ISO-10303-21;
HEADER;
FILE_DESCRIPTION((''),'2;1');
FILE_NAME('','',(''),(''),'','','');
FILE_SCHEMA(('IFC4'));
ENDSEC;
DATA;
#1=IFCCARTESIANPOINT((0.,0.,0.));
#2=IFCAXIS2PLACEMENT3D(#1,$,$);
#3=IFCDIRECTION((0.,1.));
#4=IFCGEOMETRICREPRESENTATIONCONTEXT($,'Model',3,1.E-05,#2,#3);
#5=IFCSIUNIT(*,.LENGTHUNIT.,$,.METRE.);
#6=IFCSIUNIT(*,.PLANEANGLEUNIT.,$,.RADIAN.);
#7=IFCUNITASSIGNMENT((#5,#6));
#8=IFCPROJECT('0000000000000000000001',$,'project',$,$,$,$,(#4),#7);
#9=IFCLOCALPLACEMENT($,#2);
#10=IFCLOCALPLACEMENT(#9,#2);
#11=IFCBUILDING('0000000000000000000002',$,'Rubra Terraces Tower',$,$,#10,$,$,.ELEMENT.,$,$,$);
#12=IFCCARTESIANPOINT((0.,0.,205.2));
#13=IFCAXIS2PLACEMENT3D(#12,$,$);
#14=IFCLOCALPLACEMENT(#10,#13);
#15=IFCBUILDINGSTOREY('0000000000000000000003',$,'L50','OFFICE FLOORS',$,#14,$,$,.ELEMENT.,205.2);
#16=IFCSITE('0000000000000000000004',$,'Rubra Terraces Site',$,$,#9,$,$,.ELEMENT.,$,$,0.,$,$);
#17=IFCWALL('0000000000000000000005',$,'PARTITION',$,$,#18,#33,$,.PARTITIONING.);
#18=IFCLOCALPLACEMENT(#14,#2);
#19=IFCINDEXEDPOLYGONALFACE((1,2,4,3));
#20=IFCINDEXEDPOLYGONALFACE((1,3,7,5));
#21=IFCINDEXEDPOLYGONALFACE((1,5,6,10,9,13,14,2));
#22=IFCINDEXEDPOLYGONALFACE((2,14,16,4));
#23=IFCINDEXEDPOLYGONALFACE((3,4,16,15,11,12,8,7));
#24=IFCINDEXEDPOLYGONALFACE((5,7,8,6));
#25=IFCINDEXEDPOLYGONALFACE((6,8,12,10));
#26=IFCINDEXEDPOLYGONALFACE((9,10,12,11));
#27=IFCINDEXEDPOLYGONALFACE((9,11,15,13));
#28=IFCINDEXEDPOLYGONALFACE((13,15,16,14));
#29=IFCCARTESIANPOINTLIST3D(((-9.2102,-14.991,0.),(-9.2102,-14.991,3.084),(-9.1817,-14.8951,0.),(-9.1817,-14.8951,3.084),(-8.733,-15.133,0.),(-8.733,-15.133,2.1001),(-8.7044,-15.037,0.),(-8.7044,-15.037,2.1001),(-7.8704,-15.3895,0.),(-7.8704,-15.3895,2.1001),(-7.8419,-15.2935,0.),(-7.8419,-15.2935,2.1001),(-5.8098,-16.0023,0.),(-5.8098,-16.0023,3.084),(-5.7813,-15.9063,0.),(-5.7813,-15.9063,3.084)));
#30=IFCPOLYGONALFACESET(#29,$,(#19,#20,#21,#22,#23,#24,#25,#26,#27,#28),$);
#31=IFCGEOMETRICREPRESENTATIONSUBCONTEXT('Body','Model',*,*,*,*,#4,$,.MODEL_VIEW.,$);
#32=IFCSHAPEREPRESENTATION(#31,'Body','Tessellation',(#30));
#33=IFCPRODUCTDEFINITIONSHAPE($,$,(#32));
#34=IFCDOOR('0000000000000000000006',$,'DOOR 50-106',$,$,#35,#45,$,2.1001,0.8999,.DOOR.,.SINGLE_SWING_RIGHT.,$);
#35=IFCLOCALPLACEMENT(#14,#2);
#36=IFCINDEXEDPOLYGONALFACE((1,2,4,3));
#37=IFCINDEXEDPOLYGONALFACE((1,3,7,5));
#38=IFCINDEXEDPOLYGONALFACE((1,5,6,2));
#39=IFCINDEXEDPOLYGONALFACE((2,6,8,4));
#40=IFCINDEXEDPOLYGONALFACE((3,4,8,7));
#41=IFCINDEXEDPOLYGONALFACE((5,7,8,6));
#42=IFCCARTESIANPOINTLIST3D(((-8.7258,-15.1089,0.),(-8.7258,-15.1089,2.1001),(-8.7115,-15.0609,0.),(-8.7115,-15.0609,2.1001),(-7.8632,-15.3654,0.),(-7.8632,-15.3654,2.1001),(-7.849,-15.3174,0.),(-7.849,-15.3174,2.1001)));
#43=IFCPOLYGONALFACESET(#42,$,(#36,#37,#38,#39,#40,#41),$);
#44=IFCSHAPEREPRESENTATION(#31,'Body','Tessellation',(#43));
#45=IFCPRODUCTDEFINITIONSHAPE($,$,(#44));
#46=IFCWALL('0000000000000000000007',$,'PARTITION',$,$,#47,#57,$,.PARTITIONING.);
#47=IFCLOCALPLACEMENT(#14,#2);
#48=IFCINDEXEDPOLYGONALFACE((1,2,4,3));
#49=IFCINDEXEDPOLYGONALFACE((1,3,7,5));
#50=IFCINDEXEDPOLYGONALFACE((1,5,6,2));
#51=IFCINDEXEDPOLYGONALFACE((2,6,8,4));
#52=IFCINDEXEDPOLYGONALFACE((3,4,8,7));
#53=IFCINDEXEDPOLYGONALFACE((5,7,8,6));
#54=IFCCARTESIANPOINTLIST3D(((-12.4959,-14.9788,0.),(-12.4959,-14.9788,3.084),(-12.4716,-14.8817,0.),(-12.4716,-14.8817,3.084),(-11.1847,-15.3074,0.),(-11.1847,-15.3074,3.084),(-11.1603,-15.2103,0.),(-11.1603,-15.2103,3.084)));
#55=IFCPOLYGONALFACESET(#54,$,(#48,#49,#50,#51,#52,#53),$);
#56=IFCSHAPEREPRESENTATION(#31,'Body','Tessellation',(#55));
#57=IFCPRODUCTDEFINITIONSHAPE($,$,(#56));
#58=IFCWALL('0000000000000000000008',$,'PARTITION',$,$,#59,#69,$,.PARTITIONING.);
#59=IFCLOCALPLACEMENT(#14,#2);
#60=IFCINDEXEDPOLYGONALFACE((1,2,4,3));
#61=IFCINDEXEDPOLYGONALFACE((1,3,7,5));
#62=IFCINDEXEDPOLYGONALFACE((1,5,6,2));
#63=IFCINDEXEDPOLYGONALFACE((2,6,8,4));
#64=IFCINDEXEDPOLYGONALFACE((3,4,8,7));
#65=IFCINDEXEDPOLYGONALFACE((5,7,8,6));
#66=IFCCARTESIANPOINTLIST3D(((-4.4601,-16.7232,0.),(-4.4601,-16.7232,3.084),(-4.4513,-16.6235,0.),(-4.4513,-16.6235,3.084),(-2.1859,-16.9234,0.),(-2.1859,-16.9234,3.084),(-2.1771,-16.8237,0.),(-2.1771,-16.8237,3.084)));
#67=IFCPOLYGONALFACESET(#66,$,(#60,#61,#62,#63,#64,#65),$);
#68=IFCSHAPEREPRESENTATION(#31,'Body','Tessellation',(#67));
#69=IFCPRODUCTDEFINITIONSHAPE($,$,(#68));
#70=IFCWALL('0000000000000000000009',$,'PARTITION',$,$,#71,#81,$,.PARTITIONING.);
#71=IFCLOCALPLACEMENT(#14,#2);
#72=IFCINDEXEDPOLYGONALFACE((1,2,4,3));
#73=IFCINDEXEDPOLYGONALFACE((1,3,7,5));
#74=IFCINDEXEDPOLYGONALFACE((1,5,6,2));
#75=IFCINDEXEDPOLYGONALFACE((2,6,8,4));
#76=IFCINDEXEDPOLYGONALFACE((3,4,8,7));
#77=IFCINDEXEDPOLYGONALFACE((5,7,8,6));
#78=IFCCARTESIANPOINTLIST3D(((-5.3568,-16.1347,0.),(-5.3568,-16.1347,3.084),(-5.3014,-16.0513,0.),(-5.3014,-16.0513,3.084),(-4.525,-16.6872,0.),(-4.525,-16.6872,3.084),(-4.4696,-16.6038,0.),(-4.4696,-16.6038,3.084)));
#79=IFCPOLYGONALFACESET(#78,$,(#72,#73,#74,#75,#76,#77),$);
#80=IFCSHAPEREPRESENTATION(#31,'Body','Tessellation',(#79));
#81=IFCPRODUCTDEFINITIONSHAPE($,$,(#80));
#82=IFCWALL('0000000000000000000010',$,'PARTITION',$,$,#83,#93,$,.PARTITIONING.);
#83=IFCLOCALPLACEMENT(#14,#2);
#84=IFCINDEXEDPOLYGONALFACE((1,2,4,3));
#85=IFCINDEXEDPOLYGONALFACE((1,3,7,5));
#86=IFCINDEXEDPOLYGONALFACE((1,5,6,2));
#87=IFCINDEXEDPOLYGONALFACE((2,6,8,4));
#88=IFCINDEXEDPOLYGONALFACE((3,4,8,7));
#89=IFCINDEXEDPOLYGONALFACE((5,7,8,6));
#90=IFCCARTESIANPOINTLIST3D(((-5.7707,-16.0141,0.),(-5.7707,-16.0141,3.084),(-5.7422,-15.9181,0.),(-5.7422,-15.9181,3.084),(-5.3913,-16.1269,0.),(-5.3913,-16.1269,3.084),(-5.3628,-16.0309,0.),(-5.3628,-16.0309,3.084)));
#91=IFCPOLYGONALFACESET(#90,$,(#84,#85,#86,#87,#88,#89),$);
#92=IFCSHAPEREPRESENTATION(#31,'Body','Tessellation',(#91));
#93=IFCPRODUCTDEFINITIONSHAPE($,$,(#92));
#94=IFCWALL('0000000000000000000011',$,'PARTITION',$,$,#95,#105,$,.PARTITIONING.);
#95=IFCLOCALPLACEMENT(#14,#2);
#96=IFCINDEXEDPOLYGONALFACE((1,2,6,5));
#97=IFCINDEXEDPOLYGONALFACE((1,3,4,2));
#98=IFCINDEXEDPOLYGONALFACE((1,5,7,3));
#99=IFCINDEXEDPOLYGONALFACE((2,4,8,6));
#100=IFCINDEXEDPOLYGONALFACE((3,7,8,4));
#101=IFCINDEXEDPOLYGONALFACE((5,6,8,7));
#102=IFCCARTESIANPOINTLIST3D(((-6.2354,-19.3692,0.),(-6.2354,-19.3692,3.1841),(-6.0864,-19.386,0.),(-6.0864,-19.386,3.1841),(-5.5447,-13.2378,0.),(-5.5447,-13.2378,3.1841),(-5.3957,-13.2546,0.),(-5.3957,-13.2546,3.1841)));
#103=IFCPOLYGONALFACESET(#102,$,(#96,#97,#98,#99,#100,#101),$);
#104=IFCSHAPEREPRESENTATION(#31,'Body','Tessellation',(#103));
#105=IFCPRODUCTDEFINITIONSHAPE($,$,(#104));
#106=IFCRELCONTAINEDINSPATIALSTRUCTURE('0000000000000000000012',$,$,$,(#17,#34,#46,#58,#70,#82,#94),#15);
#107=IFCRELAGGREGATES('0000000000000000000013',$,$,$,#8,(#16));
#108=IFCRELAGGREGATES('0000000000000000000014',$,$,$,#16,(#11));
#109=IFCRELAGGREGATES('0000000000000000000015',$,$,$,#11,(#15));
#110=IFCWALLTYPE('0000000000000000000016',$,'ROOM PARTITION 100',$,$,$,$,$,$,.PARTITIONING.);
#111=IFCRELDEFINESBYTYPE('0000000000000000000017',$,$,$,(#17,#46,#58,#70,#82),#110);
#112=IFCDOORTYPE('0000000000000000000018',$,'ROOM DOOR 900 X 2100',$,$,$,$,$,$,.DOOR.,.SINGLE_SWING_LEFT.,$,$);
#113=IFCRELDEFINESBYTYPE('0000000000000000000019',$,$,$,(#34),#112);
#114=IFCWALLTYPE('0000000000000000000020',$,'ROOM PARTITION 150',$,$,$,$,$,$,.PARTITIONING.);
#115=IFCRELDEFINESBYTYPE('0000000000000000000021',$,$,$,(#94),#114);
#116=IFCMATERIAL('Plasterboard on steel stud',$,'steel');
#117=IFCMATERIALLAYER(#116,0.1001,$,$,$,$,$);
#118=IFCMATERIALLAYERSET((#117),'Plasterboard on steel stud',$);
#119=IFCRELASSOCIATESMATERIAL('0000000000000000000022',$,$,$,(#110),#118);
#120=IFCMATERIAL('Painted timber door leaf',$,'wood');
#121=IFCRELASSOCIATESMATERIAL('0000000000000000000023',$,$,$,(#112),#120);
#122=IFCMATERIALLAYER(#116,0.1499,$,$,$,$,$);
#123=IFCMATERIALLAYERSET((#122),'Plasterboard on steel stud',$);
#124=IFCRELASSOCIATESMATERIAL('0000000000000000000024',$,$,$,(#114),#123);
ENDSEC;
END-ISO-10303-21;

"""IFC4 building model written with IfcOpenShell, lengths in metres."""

from ifc_helpers import new_model, si_unit, direction, frame, frame_2d, origin, place, context, subcontext, project, spatial, rectangle, extrude, material, layer, layer_set, type_object, element, fill, save


model = new_model("IFC4")

# Units and contexts
model_context = context("Model", 3, precision=1e-05, world=origin(), true_north=direction((0.0, 1.0)))
body_context = subcontext(model_context, "Body", "Model", "MODEL_VIEW")
ifc_project = project(units=[si_unit("LENGTHUNIT", "METRE"), si_unit("PLANEANGLEUNIT", "RADIAN")], contexts=[model_context])

# Site, building, storey
site_placement = place(None, origin())
site = spatial("IfcSite", under=ifc_project, at=site_placement, Name="Rubra Terraces Site", CompositionType="ELEMENT", RefElevation=0.0)
building_placement = place(site_placement, origin())
building = spatial("IfcBuilding", under=site, at=building_placement, Name="Rubra Terraces Tower", CompositionType="ELEMENT")
storey_placement = place(building_placement, frame((0.0, 0.0, 205.2)))
storey = spatial("IfcBuildingStorey", under=building, at=storey_placement, Name="L50", Description="OFFICE FLOORS", CompositionType="ELEMENT", Elevation=205.2)

# Wall, opening, door
ifc_material_1 = material(Name="Plasterboard on steel stud", Category="steel")
ifc_layer_1 = layer(ifc_material_1, 0.1001)
ifc_layer_set_1 = layer_set([ifc_layer_1], Name="Plasterboard on steel stud")
wall_type_1 = type_object("IfcWallType", Name="ROOM PARTITION 100", PredefinedType="PARTITIONING", material=ifc_layer_set_1)
wall_1_placement = place(storey_placement, frame((-5.7954, -15.9543, 0.0), z_axis=(0.0, 0.0, 1.0), x_axis=(-0.958513, 0.285049, 0.0)))
wall_1 = element("IfcWall", 1, at=wall_1_placement, inside=storey, type_object=wall_type_1, Name="PARTITION", PredefinedType="PARTITIONING", context=body_context, shape_type="SweptSolid", body=[
    extrude(rectangle(XDim=3.5476, YDim=0.1001, at=frame_2d((1.7739, 0.0))), origin(), (0.0, 0.0, 1.0), 3.084),
])
opening_1_placement = place(wall_1_placement, frame((2.1499, 0.0, 0.0)))
opening_1 = element("IfcOpeningElement", 2, at=opening_1_placement, cuts=wall_1, PredefinedType="OPENING", context=body_context, shape_type="SweptSolid", body=[
    extrude(rectangle(XDim=0.8999, YDim=2.1001, at=frame_2d((0.45, 1.05))), frame((0.0, 0.0601, 0.0), z_axis=(0.0, -1.0, 0.0), x_axis=(1.0, 0.0, 0.0)), (0.0, 0.0, 1.0), 0.1201),
])
ifc_material_2 = material(Name="Painted timber door leaf", Category="wood")
door_type = type_object("IfcDoorType", Name="ROOM DOOR 900 X 2100", OperationType="SINGLE_SWING_LEFT", PredefinedType="DOOR", material=ifc_material_2)
door_placement = place(opening_1_placement, origin())
door = element("IfcDoor", 3, at=door_placement, inside=storey, type_object=door_type, Name="DOOR 50-106", OperationType="SINGLE_SWING_RIGHT", OverallHeight=2.1001, OverallWidth=0.8999, PredefinedType="DOOR", context=body_context, shape_type="SweptSolid", body=[
    extrude(rectangle(XDim=0.8999, YDim=2.1001, at=frame_2d((0.45, 1.05))), frame((0.0, 0.0249, 0.0), z_axis=(0.0, -1.0, 0.0), x_axis=(1.0, 0.0, 0.0)), (0.0, 0.0, 1.0), 0.05),
])
fill(opening_1, door)

# Walls
wall_2_placement = place(storey_placement, frame((-11.1726, -15.2588, 0.0), z_axis=(0.0, 0.0, 1.0), x_axis=(-0.970004, 0.243088, 0.0)))
element("IfcWall", 4, at=wall_2_placement, inside=storey, type_object=wall_type_1, Name="PARTITION", PredefinedType="PARTITIONING", context=body_context, shape_type="SweptSolid", body=[
    extrude(rectangle(XDim=1.3518, YDim=0.1001, at=frame_2d((0.6758, 0.0))), origin(), (0.0, 0.0, 1.0), 3.084),
])
wall_3_placement = place(storey_placement, frame((-2.1814, -16.8735, 0.0), z_axis=(0.0, 0.0, 1.0), x_axis=(-0.996148, 0.087691, 0.0)))
element("IfcWall", 5, at=wall_3_placement, inside=storey, type_object=wall_type_1, Name="PARTITION", PredefinedType="PARTITIONING", context=body_context, shape_type="SweptSolid", body=[
    extrude(rectangle(XDim=2.283, YDim=0.1001, at=frame_2d((1.1416, 0.0))), origin(), (0.0, 0.0, 1.0), 3.084),
])
wall_4_placement = place(storey_placement, frame((-4.4973, -16.6455, 0.0), z_axis=(0.0, 0.0, 1.0), x_axis=(-0.832989, 0.553289, 0.0)))
element("IfcWall", 6, at=wall_4_placement, inside=storey, type_object=wall_type_1, Name="PARTITION", PredefinedType="PARTITIONING", context=body_context, shape_type="SweptSolid", body=[
    extrude(rectangle(XDim=0.9985, YDim=0.1001, at=frame_2d((0.4993, 0.0))), origin(), (0.0, 0.0, 1.0), 3.084),
])
wall_5_placement = place(storey_placement, frame((-5.3772, -16.0789, 0.0), z_axis=(0.0, 0.0, 1.0), x_axis=(-0.958536, 0.28497, 0.0)))
element("IfcWall", 7, at=wall_5_placement, inside=storey, type_object=wall_type_1, Name="PARTITION", PredefinedType="PARTITIONING", context=body_context, shape_type="SweptSolid", body=[
    extrude(rectangle(XDim=0.3958, YDim=0.1001, at=frame_2d((0.1978, 0.0))), origin(), (0.0, 0.0, 1.0), 3.084),
])
ifc_layer_2 = layer(ifc_material_1, 0.1499)
ifc_layer_set_2 = layer_set([ifc_layer_2], Name="Plasterboard on steel stud")
wall_type_2 = type_object("IfcWallType", Name="ROOM PARTITION 150", PredefinedType="PARTITIONING", material=ifc_layer_set_2)
wall_6_placement = place(storey_placement, frame((-6.1609, -19.3774, 0.0), z_axis=(0.0, 0.0, 1.0), x_axis=(0.111938, 0.993715, 0.0)))
element("IfcWall", 8, at=wall_6_placement, inside=storey, type_object=wall_type_2, Name="PARTITION", PredefinedType="PARTITIONING", context=body_context, shape_type="SweptSolid", body=[
    extrude(rectangle(XDim=6.1702, YDim=0.1499, at=frame_2d((3.085, 0.0))), origin(), (0.0, 0.0, 1.0), 3.1841),
])

save(model, "model.ifc")
